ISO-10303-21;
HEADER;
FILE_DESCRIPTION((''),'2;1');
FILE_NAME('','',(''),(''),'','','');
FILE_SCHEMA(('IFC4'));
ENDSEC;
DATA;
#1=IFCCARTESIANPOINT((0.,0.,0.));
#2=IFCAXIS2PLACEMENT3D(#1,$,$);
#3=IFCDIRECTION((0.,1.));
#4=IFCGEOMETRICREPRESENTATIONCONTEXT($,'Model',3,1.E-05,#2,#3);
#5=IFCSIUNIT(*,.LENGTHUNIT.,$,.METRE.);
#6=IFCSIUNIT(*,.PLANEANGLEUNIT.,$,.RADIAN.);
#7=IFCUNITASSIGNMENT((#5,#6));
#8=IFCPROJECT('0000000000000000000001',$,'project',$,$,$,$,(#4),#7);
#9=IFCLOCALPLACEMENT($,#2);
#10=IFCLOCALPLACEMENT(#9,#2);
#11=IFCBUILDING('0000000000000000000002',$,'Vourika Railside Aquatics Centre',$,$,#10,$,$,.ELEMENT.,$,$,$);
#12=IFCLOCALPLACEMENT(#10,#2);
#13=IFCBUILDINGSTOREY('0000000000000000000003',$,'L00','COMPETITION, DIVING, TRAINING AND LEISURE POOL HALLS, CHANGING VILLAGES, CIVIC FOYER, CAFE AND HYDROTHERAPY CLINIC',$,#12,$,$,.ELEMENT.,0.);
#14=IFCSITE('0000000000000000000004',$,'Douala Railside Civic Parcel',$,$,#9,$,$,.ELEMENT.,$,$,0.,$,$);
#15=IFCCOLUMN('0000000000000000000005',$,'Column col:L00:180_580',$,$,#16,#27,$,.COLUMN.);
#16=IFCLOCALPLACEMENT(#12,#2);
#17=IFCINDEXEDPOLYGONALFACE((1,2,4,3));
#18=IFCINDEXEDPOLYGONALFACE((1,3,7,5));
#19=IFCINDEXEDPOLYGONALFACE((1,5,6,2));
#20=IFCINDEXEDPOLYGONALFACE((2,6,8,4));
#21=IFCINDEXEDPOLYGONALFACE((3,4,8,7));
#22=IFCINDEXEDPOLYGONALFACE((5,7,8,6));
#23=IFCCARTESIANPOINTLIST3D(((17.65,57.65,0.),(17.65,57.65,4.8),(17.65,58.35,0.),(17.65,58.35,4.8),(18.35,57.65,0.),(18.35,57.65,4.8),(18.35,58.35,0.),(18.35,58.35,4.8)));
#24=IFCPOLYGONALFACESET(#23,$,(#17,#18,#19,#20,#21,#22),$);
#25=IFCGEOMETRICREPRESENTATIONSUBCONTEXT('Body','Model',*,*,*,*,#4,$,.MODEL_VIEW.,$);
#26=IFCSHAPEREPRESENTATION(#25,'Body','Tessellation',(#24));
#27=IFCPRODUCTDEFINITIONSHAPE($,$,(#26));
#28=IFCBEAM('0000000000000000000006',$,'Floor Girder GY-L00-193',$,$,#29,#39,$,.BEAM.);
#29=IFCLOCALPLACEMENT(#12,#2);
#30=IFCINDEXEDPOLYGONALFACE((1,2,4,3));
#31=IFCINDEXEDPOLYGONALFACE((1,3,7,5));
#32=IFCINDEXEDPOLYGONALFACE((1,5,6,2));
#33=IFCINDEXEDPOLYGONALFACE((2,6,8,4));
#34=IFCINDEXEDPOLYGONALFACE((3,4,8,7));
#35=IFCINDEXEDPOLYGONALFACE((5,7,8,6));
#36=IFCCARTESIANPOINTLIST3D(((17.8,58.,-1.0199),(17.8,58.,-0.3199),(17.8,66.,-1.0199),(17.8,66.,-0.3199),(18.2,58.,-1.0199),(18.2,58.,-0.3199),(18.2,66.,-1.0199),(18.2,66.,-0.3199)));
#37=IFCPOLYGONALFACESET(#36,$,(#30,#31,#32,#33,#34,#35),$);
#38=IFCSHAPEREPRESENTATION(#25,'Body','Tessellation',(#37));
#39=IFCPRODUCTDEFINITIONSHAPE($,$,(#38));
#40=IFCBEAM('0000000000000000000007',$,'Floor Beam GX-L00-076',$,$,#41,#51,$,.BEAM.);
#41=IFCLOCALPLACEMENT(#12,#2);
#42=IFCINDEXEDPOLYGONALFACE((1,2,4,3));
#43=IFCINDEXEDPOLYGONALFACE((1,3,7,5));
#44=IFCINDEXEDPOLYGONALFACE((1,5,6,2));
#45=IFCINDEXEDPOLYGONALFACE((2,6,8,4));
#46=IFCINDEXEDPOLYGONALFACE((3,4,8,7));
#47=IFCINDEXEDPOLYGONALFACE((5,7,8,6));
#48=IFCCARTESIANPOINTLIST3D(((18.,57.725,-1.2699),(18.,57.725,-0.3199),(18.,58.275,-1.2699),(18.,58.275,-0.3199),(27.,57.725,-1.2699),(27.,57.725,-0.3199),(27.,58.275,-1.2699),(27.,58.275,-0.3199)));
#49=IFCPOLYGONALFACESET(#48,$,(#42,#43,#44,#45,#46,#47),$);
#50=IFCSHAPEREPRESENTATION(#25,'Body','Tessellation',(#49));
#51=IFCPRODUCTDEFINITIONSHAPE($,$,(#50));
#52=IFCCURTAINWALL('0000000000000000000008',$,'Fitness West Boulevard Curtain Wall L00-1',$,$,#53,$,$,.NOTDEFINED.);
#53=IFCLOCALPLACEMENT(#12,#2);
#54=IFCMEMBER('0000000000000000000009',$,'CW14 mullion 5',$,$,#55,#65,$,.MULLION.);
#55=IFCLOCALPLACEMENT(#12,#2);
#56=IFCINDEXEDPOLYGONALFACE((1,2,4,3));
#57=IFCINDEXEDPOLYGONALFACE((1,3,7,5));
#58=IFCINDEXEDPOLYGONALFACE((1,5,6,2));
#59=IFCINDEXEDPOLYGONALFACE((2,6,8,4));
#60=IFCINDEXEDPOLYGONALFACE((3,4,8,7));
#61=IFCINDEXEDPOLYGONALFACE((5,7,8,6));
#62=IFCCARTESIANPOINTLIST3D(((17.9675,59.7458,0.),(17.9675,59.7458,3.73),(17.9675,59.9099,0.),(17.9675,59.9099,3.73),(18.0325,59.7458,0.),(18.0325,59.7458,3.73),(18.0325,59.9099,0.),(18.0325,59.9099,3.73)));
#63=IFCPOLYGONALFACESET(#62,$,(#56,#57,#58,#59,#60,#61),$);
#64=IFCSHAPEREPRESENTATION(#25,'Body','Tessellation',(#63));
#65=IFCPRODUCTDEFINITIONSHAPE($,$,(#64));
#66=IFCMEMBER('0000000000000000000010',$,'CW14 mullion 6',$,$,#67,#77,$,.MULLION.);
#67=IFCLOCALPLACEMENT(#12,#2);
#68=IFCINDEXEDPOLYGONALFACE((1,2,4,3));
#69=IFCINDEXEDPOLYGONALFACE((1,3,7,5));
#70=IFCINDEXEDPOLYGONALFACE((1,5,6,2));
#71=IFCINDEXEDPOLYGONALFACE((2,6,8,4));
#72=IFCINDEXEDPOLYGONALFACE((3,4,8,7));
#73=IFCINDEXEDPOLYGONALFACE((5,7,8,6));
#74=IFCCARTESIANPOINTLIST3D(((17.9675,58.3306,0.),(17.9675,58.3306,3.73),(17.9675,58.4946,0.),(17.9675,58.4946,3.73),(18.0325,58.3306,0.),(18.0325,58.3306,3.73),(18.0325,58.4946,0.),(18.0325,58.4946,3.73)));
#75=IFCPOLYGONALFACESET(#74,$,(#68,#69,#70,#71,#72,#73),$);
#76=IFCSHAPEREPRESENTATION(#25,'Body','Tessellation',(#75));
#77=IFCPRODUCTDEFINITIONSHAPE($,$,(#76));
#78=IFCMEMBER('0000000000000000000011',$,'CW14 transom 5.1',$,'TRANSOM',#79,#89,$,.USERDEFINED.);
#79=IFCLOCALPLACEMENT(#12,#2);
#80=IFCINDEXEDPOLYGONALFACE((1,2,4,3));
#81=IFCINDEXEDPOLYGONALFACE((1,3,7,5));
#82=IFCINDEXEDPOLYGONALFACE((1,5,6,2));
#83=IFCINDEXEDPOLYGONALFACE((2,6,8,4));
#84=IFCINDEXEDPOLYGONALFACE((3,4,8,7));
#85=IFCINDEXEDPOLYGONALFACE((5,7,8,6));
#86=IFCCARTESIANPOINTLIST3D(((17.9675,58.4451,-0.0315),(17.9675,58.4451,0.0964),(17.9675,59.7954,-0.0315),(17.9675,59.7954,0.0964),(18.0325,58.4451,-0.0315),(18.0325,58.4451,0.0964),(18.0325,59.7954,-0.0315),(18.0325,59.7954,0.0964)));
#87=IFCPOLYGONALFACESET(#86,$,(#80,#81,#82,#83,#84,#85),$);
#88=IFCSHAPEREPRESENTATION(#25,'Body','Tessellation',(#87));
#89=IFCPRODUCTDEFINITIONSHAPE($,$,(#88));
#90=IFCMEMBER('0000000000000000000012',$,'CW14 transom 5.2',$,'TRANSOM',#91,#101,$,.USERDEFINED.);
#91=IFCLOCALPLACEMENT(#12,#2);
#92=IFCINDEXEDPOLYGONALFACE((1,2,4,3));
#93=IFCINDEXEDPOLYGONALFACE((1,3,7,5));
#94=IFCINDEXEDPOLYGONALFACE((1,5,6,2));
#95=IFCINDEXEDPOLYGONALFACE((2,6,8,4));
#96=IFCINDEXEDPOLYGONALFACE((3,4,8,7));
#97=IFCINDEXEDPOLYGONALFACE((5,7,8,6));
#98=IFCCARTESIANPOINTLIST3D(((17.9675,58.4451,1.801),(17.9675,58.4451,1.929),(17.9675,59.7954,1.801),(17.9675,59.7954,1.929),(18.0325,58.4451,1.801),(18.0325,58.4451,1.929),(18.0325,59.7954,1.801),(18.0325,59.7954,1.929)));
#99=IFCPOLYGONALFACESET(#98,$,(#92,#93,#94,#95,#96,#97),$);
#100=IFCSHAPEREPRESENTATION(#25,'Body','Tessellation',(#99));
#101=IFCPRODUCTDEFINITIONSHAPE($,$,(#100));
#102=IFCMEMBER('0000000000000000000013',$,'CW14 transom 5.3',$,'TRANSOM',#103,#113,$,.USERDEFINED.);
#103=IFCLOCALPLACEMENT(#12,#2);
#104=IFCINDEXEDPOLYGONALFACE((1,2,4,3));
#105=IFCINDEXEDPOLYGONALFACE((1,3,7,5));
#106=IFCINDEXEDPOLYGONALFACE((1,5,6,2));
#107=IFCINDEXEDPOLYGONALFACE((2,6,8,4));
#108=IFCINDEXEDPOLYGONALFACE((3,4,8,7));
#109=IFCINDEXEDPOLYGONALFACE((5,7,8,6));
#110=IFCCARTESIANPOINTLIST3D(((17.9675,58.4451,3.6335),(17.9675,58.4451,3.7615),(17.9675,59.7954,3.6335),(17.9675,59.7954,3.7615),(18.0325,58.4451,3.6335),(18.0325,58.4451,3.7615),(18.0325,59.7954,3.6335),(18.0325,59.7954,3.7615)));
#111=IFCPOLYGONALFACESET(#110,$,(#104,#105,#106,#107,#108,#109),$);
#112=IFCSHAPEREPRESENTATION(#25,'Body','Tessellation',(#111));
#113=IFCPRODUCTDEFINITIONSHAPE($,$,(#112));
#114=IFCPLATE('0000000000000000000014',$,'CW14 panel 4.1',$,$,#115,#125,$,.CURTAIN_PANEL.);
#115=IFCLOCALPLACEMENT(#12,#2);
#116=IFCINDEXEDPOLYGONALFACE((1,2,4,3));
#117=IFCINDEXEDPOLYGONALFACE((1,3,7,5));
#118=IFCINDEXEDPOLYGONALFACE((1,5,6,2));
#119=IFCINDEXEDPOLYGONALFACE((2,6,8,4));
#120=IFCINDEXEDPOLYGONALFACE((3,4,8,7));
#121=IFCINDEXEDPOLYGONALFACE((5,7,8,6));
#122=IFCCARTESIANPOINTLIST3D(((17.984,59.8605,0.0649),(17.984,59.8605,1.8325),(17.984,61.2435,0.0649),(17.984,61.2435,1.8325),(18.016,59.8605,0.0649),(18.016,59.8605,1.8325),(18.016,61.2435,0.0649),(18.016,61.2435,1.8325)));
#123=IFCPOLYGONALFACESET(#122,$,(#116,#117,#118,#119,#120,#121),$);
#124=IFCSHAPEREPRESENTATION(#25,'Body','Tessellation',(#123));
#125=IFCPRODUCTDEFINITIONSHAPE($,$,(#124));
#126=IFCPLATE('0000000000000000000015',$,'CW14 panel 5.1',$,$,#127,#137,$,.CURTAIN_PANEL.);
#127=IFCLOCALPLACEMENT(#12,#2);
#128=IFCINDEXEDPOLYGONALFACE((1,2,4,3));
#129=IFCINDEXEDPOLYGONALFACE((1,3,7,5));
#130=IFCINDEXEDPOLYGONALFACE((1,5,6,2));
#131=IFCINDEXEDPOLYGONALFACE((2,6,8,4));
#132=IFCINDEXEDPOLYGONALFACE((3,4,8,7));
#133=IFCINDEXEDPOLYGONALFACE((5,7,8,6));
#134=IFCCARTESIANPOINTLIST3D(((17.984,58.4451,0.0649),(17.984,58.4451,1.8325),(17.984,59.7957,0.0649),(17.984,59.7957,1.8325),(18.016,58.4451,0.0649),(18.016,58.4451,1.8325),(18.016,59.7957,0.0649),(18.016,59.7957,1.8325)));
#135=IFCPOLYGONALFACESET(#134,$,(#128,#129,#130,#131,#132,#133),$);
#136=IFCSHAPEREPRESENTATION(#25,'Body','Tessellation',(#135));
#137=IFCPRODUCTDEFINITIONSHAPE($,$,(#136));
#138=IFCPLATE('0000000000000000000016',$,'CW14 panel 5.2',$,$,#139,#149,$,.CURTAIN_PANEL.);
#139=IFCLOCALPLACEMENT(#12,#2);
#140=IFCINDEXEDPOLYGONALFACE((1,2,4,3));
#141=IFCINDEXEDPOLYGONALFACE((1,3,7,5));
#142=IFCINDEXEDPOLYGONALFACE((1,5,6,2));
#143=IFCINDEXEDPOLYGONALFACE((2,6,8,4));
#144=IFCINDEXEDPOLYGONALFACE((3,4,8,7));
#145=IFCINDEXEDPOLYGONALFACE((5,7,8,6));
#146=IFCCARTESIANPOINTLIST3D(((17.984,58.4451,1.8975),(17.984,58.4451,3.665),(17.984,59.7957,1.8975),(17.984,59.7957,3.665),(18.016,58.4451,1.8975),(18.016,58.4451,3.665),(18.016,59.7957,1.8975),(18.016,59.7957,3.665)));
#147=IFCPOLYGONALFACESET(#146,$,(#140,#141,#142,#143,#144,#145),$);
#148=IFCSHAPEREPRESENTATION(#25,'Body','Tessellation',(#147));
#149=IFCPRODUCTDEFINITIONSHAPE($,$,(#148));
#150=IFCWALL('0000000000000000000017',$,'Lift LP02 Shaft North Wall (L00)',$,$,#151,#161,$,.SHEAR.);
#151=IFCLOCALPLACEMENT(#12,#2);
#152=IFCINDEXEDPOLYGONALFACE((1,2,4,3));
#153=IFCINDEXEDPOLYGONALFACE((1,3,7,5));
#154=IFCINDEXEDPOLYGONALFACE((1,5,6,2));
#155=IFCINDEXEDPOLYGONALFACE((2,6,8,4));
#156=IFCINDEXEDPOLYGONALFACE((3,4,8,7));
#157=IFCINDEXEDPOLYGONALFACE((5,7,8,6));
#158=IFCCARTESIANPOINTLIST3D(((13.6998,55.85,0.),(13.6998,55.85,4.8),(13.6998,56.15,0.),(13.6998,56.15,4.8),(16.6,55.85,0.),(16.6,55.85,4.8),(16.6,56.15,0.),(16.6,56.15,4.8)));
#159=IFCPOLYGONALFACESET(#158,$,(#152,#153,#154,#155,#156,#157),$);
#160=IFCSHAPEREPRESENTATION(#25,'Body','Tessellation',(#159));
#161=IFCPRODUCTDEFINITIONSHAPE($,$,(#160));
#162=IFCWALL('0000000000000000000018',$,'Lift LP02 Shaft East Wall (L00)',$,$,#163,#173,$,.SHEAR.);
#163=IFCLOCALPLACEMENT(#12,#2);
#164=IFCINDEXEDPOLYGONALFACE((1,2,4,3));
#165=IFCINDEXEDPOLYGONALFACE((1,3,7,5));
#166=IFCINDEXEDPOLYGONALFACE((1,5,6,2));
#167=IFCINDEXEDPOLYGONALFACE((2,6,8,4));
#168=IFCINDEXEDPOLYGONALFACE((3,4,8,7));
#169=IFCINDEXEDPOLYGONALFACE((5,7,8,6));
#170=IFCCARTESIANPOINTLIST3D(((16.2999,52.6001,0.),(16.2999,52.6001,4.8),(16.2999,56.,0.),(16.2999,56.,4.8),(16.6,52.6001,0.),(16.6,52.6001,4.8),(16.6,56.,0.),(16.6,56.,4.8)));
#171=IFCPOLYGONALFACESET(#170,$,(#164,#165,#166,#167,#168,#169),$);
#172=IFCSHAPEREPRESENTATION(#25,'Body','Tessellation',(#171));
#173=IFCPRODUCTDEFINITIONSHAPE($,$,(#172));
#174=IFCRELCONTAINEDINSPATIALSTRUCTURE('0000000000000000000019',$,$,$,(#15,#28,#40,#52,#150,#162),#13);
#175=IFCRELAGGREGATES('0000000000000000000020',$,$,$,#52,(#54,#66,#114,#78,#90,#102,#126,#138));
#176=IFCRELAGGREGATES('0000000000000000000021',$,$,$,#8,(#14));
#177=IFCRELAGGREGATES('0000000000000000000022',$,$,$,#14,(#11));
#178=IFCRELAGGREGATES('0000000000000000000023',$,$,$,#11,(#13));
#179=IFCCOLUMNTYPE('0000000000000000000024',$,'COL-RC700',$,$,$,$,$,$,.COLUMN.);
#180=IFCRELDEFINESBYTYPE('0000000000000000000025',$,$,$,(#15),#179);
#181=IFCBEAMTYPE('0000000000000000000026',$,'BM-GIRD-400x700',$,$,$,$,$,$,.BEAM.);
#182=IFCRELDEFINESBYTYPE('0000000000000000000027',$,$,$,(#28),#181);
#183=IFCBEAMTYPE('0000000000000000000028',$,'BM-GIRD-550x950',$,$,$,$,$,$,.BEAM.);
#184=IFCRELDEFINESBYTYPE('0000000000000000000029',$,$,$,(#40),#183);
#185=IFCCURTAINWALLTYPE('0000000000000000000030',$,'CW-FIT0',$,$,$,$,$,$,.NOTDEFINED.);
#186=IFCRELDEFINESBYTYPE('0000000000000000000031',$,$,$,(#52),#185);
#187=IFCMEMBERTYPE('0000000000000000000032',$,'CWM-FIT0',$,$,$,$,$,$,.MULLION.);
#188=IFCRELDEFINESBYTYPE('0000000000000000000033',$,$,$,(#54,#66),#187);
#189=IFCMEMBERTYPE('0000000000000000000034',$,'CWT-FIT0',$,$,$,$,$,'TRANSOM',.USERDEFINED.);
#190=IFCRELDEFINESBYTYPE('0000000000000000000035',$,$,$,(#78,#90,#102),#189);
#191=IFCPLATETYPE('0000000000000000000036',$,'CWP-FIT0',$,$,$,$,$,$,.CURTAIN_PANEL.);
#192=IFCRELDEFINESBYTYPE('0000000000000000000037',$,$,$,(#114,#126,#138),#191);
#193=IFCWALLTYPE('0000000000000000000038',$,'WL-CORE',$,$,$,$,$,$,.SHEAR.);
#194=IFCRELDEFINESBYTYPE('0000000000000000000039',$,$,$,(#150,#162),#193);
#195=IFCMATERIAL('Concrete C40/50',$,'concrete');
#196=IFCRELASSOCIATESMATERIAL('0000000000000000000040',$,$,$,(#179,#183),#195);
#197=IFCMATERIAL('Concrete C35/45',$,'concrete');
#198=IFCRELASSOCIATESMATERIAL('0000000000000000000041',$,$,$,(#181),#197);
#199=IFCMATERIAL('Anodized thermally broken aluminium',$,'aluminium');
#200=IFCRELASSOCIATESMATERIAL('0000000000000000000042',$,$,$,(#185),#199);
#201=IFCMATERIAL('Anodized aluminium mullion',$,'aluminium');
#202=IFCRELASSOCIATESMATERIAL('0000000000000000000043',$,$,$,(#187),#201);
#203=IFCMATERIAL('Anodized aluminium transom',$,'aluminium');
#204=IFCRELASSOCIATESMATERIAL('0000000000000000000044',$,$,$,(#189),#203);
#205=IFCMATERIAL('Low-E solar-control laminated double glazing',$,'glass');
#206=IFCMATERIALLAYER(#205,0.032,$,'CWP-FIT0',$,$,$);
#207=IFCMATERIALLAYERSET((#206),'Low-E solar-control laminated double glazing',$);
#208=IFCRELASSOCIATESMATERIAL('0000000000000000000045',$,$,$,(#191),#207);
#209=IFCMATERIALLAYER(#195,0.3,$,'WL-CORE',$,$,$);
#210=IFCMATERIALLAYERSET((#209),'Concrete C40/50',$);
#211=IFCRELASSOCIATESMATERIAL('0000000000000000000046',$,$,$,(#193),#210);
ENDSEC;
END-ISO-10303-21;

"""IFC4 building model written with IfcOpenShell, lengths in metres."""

from ifc_helpers import new_model, si_unit, direction, frame, frame_2d, origin, origin_2d, place, context, subcontext, project, spatial, rectangle, extrude, material, layer, layer_set, material_profile, profile_set, type_object, element, aggregate, save


model = new_model("IFC4")

# Units and contexts
model_context = context("Model", 3, precision=1e-05, world=origin(), true_north=direction((0.0, 1.0)))
body_context = subcontext(model_context, "Body", "Model", "MODEL_VIEW")
ifc_project = project(units=[si_unit("LENGTHUNIT", "METRE"), si_unit("PLANEANGLEUNIT", "RADIAN")], contexts=[model_context])

# Site, building, storey
site_placement = place(None, origin())
site = spatial("IfcSite", under=ifc_project, at=site_placement, Name="Douala Railside Civic Parcel", CompositionType="ELEMENT", RefElevation=0.0)
building_placement = place(site_placement, origin())
building = spatial("IfcBuilding", under=site, at=building_placement, Name="Vourika Railside Aquatics Centre", CompositionType="ELEMENT")
storey_placement = place(building_placement, origin())
storey = spatial("IfcBuildingStorey", under=building, at=storey_placement, Name="L00", Description="COMPETITION, DIVING, TRAINING AND LEISURE POOL HALLS, CHANGING VILLAGES, CIVIC FOYER, CAFE AND HYDROTHERAPY CLINIC", CompositionType="ELEMENT", Elevation=0.0)

# Column
ifc_material_1 = material(Name="Concrete C40/50", Category="concrete")
ifc_material_profile_1 = material_profile(ifc_material_1, rectangle(XDim=0.7, YDim=0.7, at=origin_2d()), Name="RC 700x700")
ifc_profile_set_1 = profile_set([ifc_material_profile_1], Name="Concrete C40/50")
column_type = type_object("IfcColumnType", Name="COL-RC700", PredefinedType="COLUMN", material=ifc_profile_set_1)
column_placement = place(storey_placement, frame((18.0, 58.0, 0.0), z_axis=(0.0, 0.0, 1.0), x_axis=(1.0, 0.0, 0.0)))
element("IfcColumn", 1, at=column_placement, inside=storey, type_object=column_type, Name="Column col:L00:180_580", PredefinedType="COLUMN", context=body_context, shape_type="SweptSolid", body=[
    extrude(rectangle(XDim=0.7, YDim=0.7, at=origin_2d()), origin(), (0.0, 0.0, 1.0), 4.8),
])

# Beams
ifc_material_2 = material(Name="Concrete C35/45", Category="concrete")
ifc_material_profile_2 = material_profile(ifc_material_2, rectangle(XDim=0.3999, YDim=0.7, at=origin_2d()), Name="RC 400x700")
ifc_profile_set_2 = profile_set([ifc_material_profile_2], Name="Concrete C35/45")
beam_type_1 = type_object("IfcBeamType", Name="BM-GIRD-400x700", PredefinedType="BEAM", material=ifc_profile_set_2)
beam_1_placement = place(storey_placement, frame((18.0, 58.0, -0.6699), z_axis=(0.0, 1.0, 0.0), x_axis=(-1.0, 0.0, 0.0)))
element("IfcBeam", 2, at=beam_1_placement, inside=storey, type_object=beam_type_1, Name="Floor Girder GY-L00-193", PredefinedType="BEAM", context=body_context, shape_type="SweptSolid", body=[
    extrude(rectangle(XDim=0.3999, YDim=0.7, at=origin_2d()), origin(), (0.0, 0.0, 1.0), 8.0),
])
ifc_material_profile_3 = material_profile(ifc_material_1, rectangle(XDim=0.55, YDim=0.95, at=origin_2d()), Name="RC 550x950")
ifc_profile_set_3 = profile_set([ifc_material_profile_3], Name="Concrete C40/50")
beam_type_2 = type_object("IfcBeamType", Name="BM-GIRD-550x950", PredefinedType="BEAM", material=ifc_profile_set_3)
beam_2_placement = place(storey_placement, frame((18.0, 58.0, -0.7949), z_axis=(1.0, 0.0, 0.0), x_axis=(0.0, 1.0, 0.0)))
element("IfcBeam", 3, at=beam_2_placement, inside=storey, type_object=beam_type_2, Name="Floor Beam GX-L00-076", PredefinedType="BEAM", context=body_context, shape_type="SweptSolid", body=[
    extrude(rectangle(XDim=0.55, YDim=0.95, at=origin_2d()), origin(), (0.0, 0.0, 1.0), 9.0),
])

# Curtain wall, members, plates
ifc_material_3 = material(Name="Anodized thermally broken aluminium", Category="aluminium")
curtain_wall_type = type_object("IfcCurtainWallType", Name="CW-FIT0", PredefinedType="NOTDEFINED", material=ifc_material_3)
curtain_wall_placement = place(storey_placement, origin())
curtain_wall = element("IfcCurtainWall", 4, at=curtain_wall_placement, inside=storey, type_object=curtain_wall_type, Name="Fitness West Boulevard Curtain Wall L00-1", PredefinedType="NOTDEFINED")
ifc_material_4 = material(Name="Anodized aluminium mullion", Category="aluminium")
ifc_material_profile_4 = material_profile(ifc_material_4, rectangle(XDim=0.0649, YDim=0.1641, at=origin_2d()), Name="ALU-M 65x164")
ifc_profile_set_4 = profile_set([ifc_material_profile_4], Name="Anodized aluminium mullion")
member_type_1 = type_object("IfcMemberType", Name="CWM-FIT0", PredefinedType="MULLION", material=ifc_profile_set_4)
member_1_placement = place(storey_placement, frame((18.0, 59.8279, 0.0), z_axis=(0.0, 0.0, 1.0), x_axis=(1.0, 0.0, 0.0)))
member_1 = element("IfcMember", 5, at=member_1_placement, type_object=member_type_1, Name="CW14 mullion 5", PredefinedType="MULLION", context=body_context, shape_type="SweptSolid", body=[
    extrude(rectangle(XDim=0.0649, YDim=0.1641, at=origin_2d()), origin(), (0.0, 0.0, 1.0), 3.73),
])
member_2_placement = place(storey_placement, frame((18.0, 58.4126, 0.0), z_axis=(0.0, 0.0, 1.0), x_axis=(1.0, 0.0, 0.0)))
member_2 = element("IfcMember", 6, at=member_2_placement, type_object=member_type_1, Name="CW14 mullion 6", PredefinedType="MULLION", context=body_context, shape_type="SweptSolid", body=[
    extrude(rectangle(XDim=0.0649, YDim=0.1641, at=origin_2d()), origin(), (0.0, 0.0, 1.0), 3.73),
])
ifc_material_5 = material(Name="Anodized aluminium transom", Category="aluminium")
ifc_material_profile_5 = material_profile(ifc_material_5, rectangle(XDim=0.0649, YDim=0.1279, at=origin_2d()), Name="ALU-T 65x128")
ifc_profile_set_5 = profile_set([ifc_material_profile_5], Name="Anodized aluminium transom")
member_type_2 = type_object("IfcMemberType", Name="CWT-FIT0", ElementType="TRANSOM", PredefinedType="USERDEFINED", material=ifc_profile_set_5)
member_3_placement = place(storey_placement, frame((18.0, 59.7954, 0.0325), z_axis=(0.0, -1.0, 0.0), x_axis=(1.0, 0.0, 0.0)))
member_3 = element("IfcMember", 7, at=member_3_placement, type_object=member_type_2, Name="CW14 transom 5.1", ObjectType="TRANSOM", PredefinedType="USERDEFINED", context=body_context, shape_type="SweptSolid", body=[
    extrude(rectangle(XDim=0.0649, YDim=0.1279, at=origin_2d()), origin(), (0.0, 0.0, 1.0), 1.3503),
])
member_4_placement = place(storey_placement, frame((18.0, 59.7954, 1.865), z_axis=(0.0, -1.0, 0.0), x_axis=(1.0, 0.0, 0.0)))
member_4 = element("IfcMember", 8, at=member_4_placement, type_object=member_type_2, Name="CW14 transom 5.2", ObjectType="TRANSOM", PredefinedType="USERDEFINED", context=body_context, shape_type="SweptSolid", body=[
    extrude(rectangle(XDim=0.0649, YDim=0.1279, at=origin_2d()), origin(), (0.0, 0.0, 1.0), 1.3503),
])
member_5_placement = place(storey_placement, frame((18.0, 59.7954, 3.6975), z_axis=(0.0, -1.0, 0.0), x_axis=(1.0, 0.0, 0.0)))
member_5 = element("IfcMember", 9, at=member_5_placement, type_object=member_type_2, Name="CW14 transom 5.3", ObjectType="TRANSOM", PredefinedType="USERDEFINED", context=body_context, shape_type="SweptSolid", body=[
    extrude(rectangle(XDim=0.0649, YDim=0.1279, at=origin_2d()), origin(), (0.0, 0.0, 1.0), 1.3503),
])
ifc_material_6 = material(Name="Low-E solar-control laminated double glazing", Category="glass")
ifc_layer_1 = layer(ifc_material_6, 0.032, Name="CWP-FIT0")
ifc_layer_set_1 = layer_set([ifc_layer_1], Name="Low-E solar-control laminated double glazing")
plate_type = type_object("IfcPlateType", Name="CWP-FIT0", PredefinedType="CURTAIN_PANEL", material=ifc_layer_set_1)
plate_1_placement = place(storey_placement, frame((18.0, 60.552, 0.0649), z_axis=(0.0, 0.0, 1.0), x_axis=(0.0, -1.0, 0.0)))
plate_1 = element("IfcPlate", 10, at=plate_1_placement, type_object=plate_type, Name="CW14 panel 4.1", PredefinedType="CURTAIN_PANEL", context=body_context, shape_type="SweptSolid", body=[
    extrude(rectangle(XDim=1.3831, YDim=0.032, at=origin_2d()), origin(), (0.0, 0.0, 1.0), 1.7676),
])
plate_2_placement = place(storey_placement, frame((18.0, 59.1204, 0.0649), z_axis=(0.0, 0.0, 1.0), x_axis=(0.0, -1.0, 0.0)))
plate_2 = element("IfcPlate", 11, at=plate_2_placement, type_object=plate_type, Name="CW14 panel 5.1", PredefinedType="CURTAIN_PANEL", context=body_context, shape_type="SweptSolid", body=[
    extrude(rectangle(XDim=1.3506, YDim=0.032, at=origin_2d()), origin(), (0.0, 0.0, 1.0), 1.7676),
])
plate_3_placement = place(storey_placement, frame((18.0, 59.1204, 1.8975), z_axis=(0.0, 0.0, 1.0), x_axis=(0.0, -1.0, 0.0)))
plate_3 = element("IfcPlate", 12, at=plate_3_placement, type_object=plate_type, Name="CW14 panel 5.2", PredefinedType="CURTAIN_PANEL", context=body_context, shape_type="SweptSolid", body=[
    extrude(rectangle(XDim=1.3506, YDim=0.032, at=origin_2d()), origin(), (0.0, 0.0, 1.0), 1.7676),
])
aggregate(curtain_wall, [member_1, member_2, plate_1, member_3, member_4, member_5, plate_2, plate_3])

# Walls
ifc_layer_2 = layer(ifc_material_1, 0.3, Name="WL-CORE")
ifc_layer_set_2 = layer_set([ifc_layer_2], Name="Concrete C40/50")
wall_type_1 = type_object("IfcWallType", Name="WL-CORE", PredefinedType="SHEAR", material=ifc_layer_set_2)
wall_1_placement = place(storey_placement, frame((16.6001, 56.0, 0.0), z_axis=(0.0, 0.0, 1.0), x_axis=(-1.0, 0.0, 0.0)))
element("IfcWall", 13, at=wall_1_placement, inside=storey, type_object=wall_type_1, Name="Lift LP02 Shaft North Wall (L00)", PredefinedType="SHEAR", context=body_context, shape_type="SweptSolid", body=[
    extrude(rectangle(XDim=2.9001, YDim=0.3, at=frame_2d((1.4502, 0.0))), origin(), (0.0, 0.0, 1.0), 4.8),
])
wall_2_placement = place(storey_placement, frame((16.45, 52.6001, 0.0), z_axis=(0.0, 0.0, 1.0), x_axis=(0.0, 1.0, 0.0)))
element("IfcWall", 14, at=wall_2_placement, inside=storey, type_object=wall_type_1, Name="Lift LP02 Shaft East Wall (L00)", PredefinedType="SHEAR", context=body_context, shape_type="SweptSolid", body=[
    extrude(rectangle(XDim=3.3999, YDim=0.3, at=frame_2d((1.7, 0.0))), origin(), (0.0, 0.0, 1.0), 4.8),
])

save(model, "model.ifc")
